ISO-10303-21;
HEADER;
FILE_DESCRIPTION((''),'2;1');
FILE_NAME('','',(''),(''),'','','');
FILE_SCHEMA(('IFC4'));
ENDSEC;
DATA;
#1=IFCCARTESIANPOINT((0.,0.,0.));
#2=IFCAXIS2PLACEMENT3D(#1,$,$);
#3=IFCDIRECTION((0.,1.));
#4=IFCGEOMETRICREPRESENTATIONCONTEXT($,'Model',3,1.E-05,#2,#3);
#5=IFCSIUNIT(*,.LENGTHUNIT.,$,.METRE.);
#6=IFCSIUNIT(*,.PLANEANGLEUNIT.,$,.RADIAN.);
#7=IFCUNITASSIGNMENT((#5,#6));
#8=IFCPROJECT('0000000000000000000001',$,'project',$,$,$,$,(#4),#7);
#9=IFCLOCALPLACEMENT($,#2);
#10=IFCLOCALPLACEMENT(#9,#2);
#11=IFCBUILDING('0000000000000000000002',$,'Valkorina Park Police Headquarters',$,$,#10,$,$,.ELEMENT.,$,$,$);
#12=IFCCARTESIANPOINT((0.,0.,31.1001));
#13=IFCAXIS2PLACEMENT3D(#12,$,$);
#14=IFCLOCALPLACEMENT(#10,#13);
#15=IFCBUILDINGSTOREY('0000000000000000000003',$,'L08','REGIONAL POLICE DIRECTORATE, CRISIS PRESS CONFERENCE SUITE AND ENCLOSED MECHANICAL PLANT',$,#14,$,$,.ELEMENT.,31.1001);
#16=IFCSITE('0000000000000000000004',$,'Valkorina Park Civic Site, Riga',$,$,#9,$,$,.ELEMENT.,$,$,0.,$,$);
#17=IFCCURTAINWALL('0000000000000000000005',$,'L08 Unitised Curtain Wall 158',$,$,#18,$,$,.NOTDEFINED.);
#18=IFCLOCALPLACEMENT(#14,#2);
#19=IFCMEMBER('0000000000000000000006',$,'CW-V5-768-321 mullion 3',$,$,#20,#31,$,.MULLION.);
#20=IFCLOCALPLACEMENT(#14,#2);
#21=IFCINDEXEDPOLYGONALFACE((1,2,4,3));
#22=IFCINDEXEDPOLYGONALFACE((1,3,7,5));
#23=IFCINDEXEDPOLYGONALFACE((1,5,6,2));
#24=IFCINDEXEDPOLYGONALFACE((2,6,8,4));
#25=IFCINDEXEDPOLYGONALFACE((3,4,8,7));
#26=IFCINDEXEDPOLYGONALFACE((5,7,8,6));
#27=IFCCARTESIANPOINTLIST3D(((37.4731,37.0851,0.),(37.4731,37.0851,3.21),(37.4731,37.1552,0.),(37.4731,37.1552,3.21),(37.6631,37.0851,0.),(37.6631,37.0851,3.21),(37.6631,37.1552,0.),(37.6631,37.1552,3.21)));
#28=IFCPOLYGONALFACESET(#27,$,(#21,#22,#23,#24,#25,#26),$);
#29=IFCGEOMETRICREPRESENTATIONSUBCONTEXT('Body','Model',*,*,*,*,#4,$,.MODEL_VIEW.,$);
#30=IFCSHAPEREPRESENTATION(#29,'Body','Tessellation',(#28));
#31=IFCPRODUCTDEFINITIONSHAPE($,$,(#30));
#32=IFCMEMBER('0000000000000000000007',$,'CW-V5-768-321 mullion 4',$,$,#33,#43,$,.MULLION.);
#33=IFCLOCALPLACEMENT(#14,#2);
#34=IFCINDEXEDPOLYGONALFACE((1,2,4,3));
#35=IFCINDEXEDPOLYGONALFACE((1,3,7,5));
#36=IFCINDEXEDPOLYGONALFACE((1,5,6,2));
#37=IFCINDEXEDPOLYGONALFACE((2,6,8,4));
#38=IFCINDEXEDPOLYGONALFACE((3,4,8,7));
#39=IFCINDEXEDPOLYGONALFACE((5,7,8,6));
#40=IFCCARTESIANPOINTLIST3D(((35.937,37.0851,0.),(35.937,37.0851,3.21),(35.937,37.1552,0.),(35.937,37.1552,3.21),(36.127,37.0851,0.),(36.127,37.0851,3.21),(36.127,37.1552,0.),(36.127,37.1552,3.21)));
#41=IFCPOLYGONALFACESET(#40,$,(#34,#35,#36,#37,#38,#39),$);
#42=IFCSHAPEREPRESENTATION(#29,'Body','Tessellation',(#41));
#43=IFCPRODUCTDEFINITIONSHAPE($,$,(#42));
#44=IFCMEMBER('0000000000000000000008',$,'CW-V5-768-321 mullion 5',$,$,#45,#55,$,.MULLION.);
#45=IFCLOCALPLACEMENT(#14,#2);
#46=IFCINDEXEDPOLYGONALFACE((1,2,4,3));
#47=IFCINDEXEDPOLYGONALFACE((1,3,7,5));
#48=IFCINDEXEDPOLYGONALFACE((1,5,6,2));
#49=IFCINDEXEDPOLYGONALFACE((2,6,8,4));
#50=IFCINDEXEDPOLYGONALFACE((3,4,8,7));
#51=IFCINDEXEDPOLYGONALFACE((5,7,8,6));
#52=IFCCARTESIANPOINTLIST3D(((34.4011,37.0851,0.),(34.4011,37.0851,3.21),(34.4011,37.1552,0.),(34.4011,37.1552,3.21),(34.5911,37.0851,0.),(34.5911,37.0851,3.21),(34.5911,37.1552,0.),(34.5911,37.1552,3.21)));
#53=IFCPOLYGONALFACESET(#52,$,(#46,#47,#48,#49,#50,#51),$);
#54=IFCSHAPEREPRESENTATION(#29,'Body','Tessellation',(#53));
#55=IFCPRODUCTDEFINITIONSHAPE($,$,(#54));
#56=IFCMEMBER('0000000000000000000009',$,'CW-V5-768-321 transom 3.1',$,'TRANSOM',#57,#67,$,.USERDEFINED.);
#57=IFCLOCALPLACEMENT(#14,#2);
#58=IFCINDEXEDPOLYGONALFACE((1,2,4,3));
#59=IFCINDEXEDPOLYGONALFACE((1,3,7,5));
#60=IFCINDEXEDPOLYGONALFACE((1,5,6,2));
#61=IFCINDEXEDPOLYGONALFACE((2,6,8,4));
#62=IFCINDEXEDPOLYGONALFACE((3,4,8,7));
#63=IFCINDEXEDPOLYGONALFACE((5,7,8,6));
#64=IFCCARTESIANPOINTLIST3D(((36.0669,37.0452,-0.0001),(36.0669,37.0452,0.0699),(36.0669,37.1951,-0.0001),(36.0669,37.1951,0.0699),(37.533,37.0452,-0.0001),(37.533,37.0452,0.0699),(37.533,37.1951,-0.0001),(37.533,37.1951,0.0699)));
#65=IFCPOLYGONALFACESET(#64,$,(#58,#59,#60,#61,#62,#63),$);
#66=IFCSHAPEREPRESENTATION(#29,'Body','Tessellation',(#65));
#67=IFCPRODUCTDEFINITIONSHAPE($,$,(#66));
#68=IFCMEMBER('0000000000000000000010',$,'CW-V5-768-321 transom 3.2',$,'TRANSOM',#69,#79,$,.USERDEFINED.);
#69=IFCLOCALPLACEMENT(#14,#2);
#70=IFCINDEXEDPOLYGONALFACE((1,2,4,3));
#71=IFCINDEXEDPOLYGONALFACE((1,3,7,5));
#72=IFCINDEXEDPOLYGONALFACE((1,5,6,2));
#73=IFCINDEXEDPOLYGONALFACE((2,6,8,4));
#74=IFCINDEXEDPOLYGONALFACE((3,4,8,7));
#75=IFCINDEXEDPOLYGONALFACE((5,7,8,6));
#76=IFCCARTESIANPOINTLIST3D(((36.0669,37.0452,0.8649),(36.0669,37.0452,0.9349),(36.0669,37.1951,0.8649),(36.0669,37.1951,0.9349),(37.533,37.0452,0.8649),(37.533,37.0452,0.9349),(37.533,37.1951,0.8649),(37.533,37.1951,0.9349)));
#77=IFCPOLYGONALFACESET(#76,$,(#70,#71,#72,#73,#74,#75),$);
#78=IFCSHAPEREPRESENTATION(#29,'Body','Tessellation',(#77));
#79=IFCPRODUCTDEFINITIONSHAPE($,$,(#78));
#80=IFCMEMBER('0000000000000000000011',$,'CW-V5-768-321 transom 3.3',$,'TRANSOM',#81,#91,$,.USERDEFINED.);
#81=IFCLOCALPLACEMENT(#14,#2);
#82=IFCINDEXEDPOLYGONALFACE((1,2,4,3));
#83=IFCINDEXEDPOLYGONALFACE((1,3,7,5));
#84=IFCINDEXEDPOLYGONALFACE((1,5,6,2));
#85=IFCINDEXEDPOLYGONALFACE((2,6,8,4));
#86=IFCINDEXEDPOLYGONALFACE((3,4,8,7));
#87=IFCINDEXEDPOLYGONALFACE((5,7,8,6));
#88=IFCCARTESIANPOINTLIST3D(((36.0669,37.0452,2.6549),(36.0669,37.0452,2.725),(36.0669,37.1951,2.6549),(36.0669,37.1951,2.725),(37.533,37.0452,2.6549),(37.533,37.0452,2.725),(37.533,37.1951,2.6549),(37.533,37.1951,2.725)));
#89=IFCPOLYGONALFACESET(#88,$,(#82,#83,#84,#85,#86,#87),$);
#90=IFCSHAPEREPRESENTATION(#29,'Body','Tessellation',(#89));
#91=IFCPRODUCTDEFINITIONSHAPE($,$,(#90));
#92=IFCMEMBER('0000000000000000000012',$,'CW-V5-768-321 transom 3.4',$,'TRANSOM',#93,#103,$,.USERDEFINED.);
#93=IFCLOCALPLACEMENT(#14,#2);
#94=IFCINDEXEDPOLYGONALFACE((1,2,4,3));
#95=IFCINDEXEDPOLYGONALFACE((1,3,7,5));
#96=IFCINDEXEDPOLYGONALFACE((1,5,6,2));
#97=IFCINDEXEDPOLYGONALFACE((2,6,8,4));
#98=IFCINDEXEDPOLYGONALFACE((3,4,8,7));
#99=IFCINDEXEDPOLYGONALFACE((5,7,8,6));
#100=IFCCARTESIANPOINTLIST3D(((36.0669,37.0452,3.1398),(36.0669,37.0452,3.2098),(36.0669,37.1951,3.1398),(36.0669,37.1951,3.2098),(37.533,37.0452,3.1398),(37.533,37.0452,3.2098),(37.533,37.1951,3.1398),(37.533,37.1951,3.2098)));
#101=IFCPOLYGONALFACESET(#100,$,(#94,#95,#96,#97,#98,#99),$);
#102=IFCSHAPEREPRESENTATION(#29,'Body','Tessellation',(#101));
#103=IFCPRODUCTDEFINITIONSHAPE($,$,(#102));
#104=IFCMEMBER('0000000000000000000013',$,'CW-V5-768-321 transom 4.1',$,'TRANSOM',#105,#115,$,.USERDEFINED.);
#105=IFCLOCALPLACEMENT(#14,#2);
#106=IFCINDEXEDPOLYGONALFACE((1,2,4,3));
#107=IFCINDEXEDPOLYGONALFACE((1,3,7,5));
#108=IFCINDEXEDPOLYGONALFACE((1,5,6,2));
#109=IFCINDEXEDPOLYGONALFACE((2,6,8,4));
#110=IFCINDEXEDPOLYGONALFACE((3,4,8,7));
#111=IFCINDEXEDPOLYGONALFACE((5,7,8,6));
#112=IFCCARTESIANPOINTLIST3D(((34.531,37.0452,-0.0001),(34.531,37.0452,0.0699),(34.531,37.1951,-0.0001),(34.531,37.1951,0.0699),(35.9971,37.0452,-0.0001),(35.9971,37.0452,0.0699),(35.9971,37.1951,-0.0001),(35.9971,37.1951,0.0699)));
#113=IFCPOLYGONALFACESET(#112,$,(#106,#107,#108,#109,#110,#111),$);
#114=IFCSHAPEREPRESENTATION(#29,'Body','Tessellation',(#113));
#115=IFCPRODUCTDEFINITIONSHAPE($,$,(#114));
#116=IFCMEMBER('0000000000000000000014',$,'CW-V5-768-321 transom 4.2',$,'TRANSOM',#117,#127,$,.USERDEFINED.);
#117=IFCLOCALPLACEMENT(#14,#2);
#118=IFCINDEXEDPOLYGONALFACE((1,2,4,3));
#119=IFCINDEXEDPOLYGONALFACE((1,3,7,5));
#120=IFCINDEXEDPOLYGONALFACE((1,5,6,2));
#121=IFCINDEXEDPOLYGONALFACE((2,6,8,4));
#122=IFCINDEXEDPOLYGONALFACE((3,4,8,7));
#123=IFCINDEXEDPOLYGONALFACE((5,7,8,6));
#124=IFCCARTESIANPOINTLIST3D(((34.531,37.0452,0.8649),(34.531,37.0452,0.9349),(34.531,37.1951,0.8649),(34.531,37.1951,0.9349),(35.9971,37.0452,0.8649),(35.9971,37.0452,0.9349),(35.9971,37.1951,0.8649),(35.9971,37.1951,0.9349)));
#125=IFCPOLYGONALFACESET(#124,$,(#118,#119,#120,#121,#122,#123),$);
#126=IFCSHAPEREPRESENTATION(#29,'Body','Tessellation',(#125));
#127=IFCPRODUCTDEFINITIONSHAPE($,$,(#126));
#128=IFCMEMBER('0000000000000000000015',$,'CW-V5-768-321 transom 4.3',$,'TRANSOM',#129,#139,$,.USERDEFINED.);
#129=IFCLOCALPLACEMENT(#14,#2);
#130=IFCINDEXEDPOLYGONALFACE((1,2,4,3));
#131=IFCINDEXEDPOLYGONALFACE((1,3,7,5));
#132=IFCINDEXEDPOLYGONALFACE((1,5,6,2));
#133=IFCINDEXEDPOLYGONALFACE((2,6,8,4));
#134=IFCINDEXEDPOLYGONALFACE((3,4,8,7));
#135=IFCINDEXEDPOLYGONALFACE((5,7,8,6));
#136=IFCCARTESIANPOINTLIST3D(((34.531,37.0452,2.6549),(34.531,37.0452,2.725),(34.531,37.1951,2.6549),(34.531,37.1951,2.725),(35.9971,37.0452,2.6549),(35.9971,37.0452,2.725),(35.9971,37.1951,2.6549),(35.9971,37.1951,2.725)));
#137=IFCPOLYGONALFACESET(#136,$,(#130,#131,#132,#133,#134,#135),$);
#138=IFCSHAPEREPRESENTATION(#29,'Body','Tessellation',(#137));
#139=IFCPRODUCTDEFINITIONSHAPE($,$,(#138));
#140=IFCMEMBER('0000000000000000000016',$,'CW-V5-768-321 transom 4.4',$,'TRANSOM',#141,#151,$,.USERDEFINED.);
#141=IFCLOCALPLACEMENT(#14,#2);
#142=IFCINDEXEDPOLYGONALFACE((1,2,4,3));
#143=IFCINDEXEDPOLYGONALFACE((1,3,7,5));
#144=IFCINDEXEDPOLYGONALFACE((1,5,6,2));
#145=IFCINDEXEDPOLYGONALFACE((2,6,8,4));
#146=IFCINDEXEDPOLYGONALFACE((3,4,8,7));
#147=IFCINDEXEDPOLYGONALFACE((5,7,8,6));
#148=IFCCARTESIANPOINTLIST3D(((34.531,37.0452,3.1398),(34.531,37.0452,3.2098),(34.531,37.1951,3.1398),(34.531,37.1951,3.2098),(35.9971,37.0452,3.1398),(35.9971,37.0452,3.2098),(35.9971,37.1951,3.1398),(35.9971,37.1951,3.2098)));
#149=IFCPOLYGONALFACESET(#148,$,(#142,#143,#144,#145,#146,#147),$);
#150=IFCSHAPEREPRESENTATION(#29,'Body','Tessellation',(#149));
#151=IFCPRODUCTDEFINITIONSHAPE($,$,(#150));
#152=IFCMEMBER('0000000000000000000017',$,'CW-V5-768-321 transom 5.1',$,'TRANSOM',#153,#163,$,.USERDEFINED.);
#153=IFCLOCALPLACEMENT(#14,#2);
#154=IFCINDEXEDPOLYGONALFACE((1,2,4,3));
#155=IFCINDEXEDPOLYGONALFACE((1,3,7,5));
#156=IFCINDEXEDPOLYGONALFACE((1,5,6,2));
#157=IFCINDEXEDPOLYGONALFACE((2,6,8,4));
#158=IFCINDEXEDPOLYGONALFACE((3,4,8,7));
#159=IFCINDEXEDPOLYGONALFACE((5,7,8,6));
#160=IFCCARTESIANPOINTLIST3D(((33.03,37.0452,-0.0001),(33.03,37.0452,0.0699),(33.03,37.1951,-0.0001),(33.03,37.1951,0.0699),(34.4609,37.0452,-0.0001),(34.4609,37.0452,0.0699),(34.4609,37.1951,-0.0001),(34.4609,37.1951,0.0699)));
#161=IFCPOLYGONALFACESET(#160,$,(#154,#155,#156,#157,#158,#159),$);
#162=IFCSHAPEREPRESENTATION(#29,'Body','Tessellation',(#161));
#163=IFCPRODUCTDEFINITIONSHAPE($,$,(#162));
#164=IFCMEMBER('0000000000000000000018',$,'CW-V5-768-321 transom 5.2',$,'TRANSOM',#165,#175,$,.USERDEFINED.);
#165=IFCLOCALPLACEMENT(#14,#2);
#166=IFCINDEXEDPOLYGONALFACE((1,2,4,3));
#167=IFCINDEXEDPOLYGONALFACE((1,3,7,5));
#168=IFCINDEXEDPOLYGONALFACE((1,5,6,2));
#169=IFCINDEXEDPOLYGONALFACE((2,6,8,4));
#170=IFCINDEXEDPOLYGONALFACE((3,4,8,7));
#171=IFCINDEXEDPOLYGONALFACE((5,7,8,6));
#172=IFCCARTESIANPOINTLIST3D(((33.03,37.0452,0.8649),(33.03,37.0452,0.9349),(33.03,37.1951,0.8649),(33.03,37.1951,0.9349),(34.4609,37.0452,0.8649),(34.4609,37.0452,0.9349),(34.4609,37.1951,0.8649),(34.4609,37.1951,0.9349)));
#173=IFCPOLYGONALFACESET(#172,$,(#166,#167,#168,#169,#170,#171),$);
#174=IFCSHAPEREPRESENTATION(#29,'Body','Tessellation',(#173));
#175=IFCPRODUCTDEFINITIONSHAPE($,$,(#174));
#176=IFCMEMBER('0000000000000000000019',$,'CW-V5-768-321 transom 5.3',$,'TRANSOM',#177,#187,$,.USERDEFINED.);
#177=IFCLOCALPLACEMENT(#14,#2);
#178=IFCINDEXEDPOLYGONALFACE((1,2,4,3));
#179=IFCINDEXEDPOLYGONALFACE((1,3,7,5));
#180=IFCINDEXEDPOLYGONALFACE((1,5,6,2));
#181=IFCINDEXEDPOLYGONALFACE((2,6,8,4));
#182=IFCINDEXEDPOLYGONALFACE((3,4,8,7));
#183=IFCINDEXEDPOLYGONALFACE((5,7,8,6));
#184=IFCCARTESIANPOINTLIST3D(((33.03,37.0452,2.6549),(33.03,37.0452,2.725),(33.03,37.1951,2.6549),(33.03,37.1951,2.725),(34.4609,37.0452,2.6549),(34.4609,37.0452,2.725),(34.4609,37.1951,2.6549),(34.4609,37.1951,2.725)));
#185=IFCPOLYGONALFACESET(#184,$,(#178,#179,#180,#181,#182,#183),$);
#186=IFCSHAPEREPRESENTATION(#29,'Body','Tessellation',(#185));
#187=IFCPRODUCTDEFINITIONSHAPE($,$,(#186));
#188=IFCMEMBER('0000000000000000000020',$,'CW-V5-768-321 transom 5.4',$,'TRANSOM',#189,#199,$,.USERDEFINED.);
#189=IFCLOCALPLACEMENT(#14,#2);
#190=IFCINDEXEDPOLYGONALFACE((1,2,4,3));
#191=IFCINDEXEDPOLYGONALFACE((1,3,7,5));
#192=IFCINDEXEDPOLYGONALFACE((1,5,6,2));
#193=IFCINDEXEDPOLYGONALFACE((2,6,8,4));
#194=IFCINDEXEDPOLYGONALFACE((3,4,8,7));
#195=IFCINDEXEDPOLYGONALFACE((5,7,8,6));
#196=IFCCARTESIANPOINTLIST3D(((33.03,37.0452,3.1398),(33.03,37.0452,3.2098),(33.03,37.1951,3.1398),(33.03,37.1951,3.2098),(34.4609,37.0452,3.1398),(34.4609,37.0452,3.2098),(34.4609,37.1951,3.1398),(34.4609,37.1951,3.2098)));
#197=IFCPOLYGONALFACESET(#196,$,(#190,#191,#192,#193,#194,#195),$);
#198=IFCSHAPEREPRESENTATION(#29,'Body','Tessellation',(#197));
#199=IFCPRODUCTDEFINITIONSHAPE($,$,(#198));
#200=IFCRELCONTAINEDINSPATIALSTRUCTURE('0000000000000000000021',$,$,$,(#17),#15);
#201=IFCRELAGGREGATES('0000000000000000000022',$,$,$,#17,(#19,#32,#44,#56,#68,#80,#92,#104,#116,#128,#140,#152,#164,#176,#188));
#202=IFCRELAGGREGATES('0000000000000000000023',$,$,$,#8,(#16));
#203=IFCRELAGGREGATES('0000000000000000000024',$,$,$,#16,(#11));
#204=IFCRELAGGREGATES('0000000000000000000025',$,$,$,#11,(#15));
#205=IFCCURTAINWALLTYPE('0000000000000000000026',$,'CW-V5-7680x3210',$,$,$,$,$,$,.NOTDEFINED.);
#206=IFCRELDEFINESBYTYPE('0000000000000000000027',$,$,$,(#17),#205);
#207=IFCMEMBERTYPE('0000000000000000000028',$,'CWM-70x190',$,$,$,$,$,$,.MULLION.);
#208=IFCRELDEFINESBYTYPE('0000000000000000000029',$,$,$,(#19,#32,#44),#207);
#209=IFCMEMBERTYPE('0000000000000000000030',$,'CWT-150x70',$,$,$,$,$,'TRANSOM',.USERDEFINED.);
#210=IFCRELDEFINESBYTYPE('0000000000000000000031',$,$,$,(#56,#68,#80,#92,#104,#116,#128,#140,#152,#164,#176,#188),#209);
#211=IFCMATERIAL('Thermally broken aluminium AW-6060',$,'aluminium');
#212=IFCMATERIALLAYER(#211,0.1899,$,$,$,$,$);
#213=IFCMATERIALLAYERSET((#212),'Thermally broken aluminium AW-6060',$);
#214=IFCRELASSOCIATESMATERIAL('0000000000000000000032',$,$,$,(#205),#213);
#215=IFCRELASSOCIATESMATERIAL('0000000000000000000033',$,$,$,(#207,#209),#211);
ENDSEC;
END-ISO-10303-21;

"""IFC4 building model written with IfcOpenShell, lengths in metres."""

from ifc_helpers import new_model, si_unit, direction, frame, origin, origin_2d, place, context, subcontext, project, spatial, rectangle, extrude, material, layer, layer_set, material_profile, profile_set, type_object, element, aggregate, save


model = new_model("IFC4")

# Units and contexts
model_context = context("Model", 3, precision=1e-05, world=origin(), true_north=direction((0.0, 1.0)))
body_context = subcontext(model_context, "Body", "Model", "MODEL_VIEW")
ifc_project = project(units=[si_unit("LENGTHUNIT", "METRE"), si_unit("PLANEANGLEUNIT", "RADIAN")], contexts=[model_context])

# Site, building, storey
site_placement = place(None, origin())
site = spatial("IfcSite", under=ifc_project, at=site_placement, Name="Valkorina Park Civic Site, Riga", CompositionType="ELEMENT", RefElevation=0.0)
building_placement = place(site_placement, origin())
building = spatial("IfcBuilding", under=site, at=building_placement, Name="Valkorina Park Police Headquarters", CompositionType="ELEMENT")
storey_placement = place(building_placement, frame((0.0, 0.0, 31.1001)))
storey = spatial("IfcBuildingStorey", under=building, at=storey_placement, Name="L08", Description="REGIONAL POLICE DIRECTORATE, CRISIS PRESS CONFERENCE SUITE AND ENCLOSED MECHANICAL PLANT", CompositionType="ELEMENT", Elevation=31.1001)

# Curtain wall, members
ifc_material_1 = material(Name="Thermally broken aluminium AW-6060", Category="aluminium")
ifc_layer_1 = layer(ifc_material_1, 0.1899)
ifc_layer_set_1 = layer_set([ifc_layer_1], Name="Thermally broken aluminium AW-6060")
curtain_wall_type = type_object("IfcCurtainWallType", Name="CW-V5-7680x3210", PredefinedType="NOTDEFINED", material=ifc_layer_set_1)
curtain_wall_placement = place(storey_placement, origin())
curtain_wall = element("IfcCurtainWall", 1, at=curtain_wall_placement, inside=storey, type_object=curtain_wall_type, Name="L08 Unitised Curtain Wall 158", PredefinedType="NOTDEFINED")
ifc_material_profile_1 = material_profile(ifc_material_1, rectangle(XDim=0.0701, YDim=0.1899, at=origin_2d()), Name="CWM-02 70x190")
ifc_profile_set_1 = profile_set([ifc_material_profile_1], Name="Thermally broken aluminium AW-6060")
member_type_1 = type_object("IfcMemberType", Name="CWM-70x190", PredefinedType="MULLION", material=ifc_profile_set_1)
member_1_placement = place(storey_placement, frame((37.5681, 37.1201, 0.0), z_axis=(0.0, 0.0, 1.0), x_axis=(0.0, -1.0, 0.0)))
member_1 = element("IfcMember", 2, at=member_1_placement, type_object=member_type_1, Name="CW-V5-768-321 mullion 3", PredefinedType="MULLION", context=body_context, shape_type="SweptSolid", body=[
    extrude(rectangle(XDim=0.0701, YDim=0.1899, at=origin_2d()), origin(), (0.0, 0.0, 1.0), 3.21),
])
member_2_placement = place(storey_placement, frame((36.032, 37.1201, 0.0), z_axis=(0.0, 0.0, 1.0), x_axis=(0.0, -1.0, 0.0)))
member_2 = element("IfcMember", 3, at=member_2_placement, type_object=member_type_1, Name="CW-V5-768-321 mullion 4", PredefinedType="MULLION", context=body_context, shape_type="SweptSolid", body=[
    extrude(rectangle(XDim=0.0701, YDim=0.1899, at=origin_2d()), origin(), (0.0, 0.0, 1.0), 3.21),
])
member_3_placement = place(storey_placement, frame((34.4961, 37.1201, 0.0), z_axis=(0.0, 0.0, 1.0), x_axis=(0.0, -1.0, 0.0)))
member_3 = element("IfcMember", 4, at=member_3_placement, type_object=member_type_1, Name="CW-V5-768-321 mullion 5", PredefinedType="MULLION", context=body_context, shape_type="SweptSolid", body=[
    extrude(rectangle(XDim=0.0701, YDim=0.1899, at=origin_2d()), origin(), (0.0, 0.0, 1.0), 3.21),
])
ifc_material_profile_2 = material_profile(ifc_material_1, rectangle(XDim=0.1499, YDim=0.0701, at=origin_2d()), Name="CWT-02 150x70")
ifc_profile_set_2 = profile_set([ifc_material_profile_2], Name="Thermally broken aluminium AW-6060")
member_type_2 = type_object("IfcMemberType", Name="CWT-150x70", ElementType="TRANSOM", PredefinedType="USERDEFINED", material=ifc_profile_set_2)
member_4_placement = place(storey_placement, frame((37.533, 37.1201, 0.0349), z_axis=(-1.0, 0.0, 0.0), x_axis=(0.0, -1.0, 0.0)))
member_4 = element("IfcMember", 5, at=member_4_placement, type_object=member_type_2, Name="CW-V5-768-321 transom 3.1", ObjectType="TRANSOM", PredefinedType="USERDEFINED", context=body_context, shape_type="SweptSolid", body=[
    extrude(rectangle(XDim=0.1499, YDim=0.0701, at=origin_2d()), origin(), (0.0, 0.0, 1.0), 1.4661),
])
member_5_placement = place(storey_placement, frame((37.533, 37.1201, 0.8999), z_axis=(-1.0, 0.0, 0.0), x_axis=(0.0, -1.0, 0.0)))
member_5 = element("IfcMember", 6, at=member_5_placement, type_object=member_type_2, Name="CW-V5-768-321 transom 3.2", ObjectType="TRANSOM", PredefinedType="USERDEFINED", context=body_context, shape_type="SweptSolid", body=[
    extrude(rectangle(XDim=0.1499, YDim=0.0701, at=origin_2d()), origin(), (0.0, 0.0, 1.0), 1.4661),
])
member_6_placement = place(storey_placement, frame((37.533, 37.1201, 2.6899), z_axis=(-1.0, 0.0, 0.0), x_axis=(0.0, -1.0, 0.0)))
member_6 = element("IfcMember", 7, at=member_6_placement, type_object=member_type_2, Name="CW-V5-768-321 transom 3.3", ObjectType="TRANSOM", PredefinedType="USERDEFINED", context=body_context, shape_type="SweptSolid", body=[
    extrude(rectangle(XDim=0.1499, YDim=0.0701, at=origin_2d()), origin(), (0.0, 0.0, 1.0), 1.4661),
])
member_7_placement = place(storey_placement, frame((37.533, 37.1201, 3.1748), z_axis=(-1.0, 0.0, 0.0), x_axis=(0.0, -1.0, 0.0)))
member_7 = element("IfcMember", 8, at=member_7_placement, type_object=member_type_2, Name="CW-V5-768-321 transom 3.4", ObjectType="TRANSOM", PredefinedType="USERDEFINED", context=body_context, shape_type="SweptSolid", body=[
    extrude(rectangle(XDim=0.1499, YDim=0.0701, at=origin_2d()), origin(), (0.0, 0.0, 1.0), 1.4661),
])
member_8_placement = place(storey_placement, frame((35.9971, 37.1201, 0.0349), z_axis=(-1.0, 0.0, 0.0), x_axis=(0.0, -1.0, 0.0)))
member_8 = element("IfcMember", 9, at=member_8_placement, type_object=member_type_2, Name="CW-V5-768-321 transom 4.1", ObjectType="TRANSOM", PredefinedType="USERDEFINED", context=body_context, shape_type="SweptSolid", body=[
    extrude(rectangle(XDim=0.1499, YDim=0.0701, at=origin_2d()), origin(), (0.0, 0.0, 1.0), 1.4661),
])
member_9_placement = place(storey_placement, frame((35.9971, 37.1201, 0.8999), z_axis=(-1.0, 0.0, 0.0), x_axis=(0.0, -1.0, 0.0)))
member_9 = element("IfcMember", 10, at=member_9_placement, type_object=member_type_2, Name="CW-V5-768-321 transom 4.2", ObjectType="TRANSOM", PredefinedType="USERDEFINED", context=body_context, shape_type="SweptSolid", body=[
    extrude(rectangle(XDim=0.1499, YDim=0.0701, at=origin_2d()), origin(), (0.0, 0.0, 1.0), 1.4661),
])
member_10_placement = place(storey_placement, frame((35.9971, 37.1201, 2.6899), z_axis=(-1.0, 0.0, 0.0), x_axis=(0.0, -1.0, 0.0)))
member_10 = element("IfcMember", 11, at=member_10_placement, type_object=member_type_2, Name="CW-V5-768-321 transom 4.3", ObjectType="TRANSOM", PredefinedType="USERDEFINED", context=body_context, shape_type="SweptSolid", body=[
    extrude(rectangle(XDim=0.1499, YDim=0.0701, at=origin_2d()), origin(), (0.0, 0.0, 1.0), 1.4661),
])
member_11_placement = place(storey_placement, frame((35.9971, 37.1201, 3.1748), z_axis=(-1.0, 0.0, 0.0), x_axis=(0.0, -1.0, 0.0)))
member_11 = element("IfcMember", 12, at=member_11_placement, type_object=member_type_2, Name="CW-V5-768-321 transom 4.4", ObjectType="TRANSOM", PredefinedType="USERDEFINED", context=body_context, shape_type="SweptSolid", body=[
    extrude(rectangle(XDim=0.1499, YDim=0.0701, at=origin_2d()), origin(), (0.0, 0.0, 1.0), 1.4661),
])
member_12_placement = place(storey_placement, frame((34.4609, 37.1201, 0.0349), z_axis=(-1.0, 0.0, 0.0), x_axis=(0.0, -1.0, 0.0)))
member_12 = element("IfcMember", 13, at=member_12_placement, type_object=member_type_2, Name="CW-V5-768-321 transom 5.1", ObjectType="TRANSOM", PredefinedType="USERDEFINED", context=body_context, shape_type="SweptSolid", body=[
    extrude(rectangle(XDim=0.1499, YDim=0.0701, at=origin_2d()), origin(), (0.0, 0.0, 1.0), 1.4309),
])
member_13_placement = place(storey_placement, frame((34.4609, 37.1201, 0.8999), z_axis=(-1.0, 0.0, 0.0), x_axis=(0.0, -1.0, 0.0)))
member_13 = element("IfcMember", 14, at=member_13_placement, type_object=member_type_2, Name="CW-V5-768-321 transom 5.2", ObjectType="TRANSOM", PredefinedType="USERDEFINED", context=body_context, shape_type="SweptSolid", body=[
    extrude(rectangle(XDim=0.1499, YDim=0.0701, at=origin_2d()), origin(), (0.0, 0.0, 1.0), 1.4309),
])
member_14_placement = place(storey_placement, frame((34.4609, 37.1201, 2.6899), z_axis=(-1.0, 0.0, 0.0), x_axis=(0.0, -1.0, 0.0)))
member_14 = element("IfcMember", 15, at=member_14_placement, type_object=member_type_2, Name="CW-V5-768-321 transom 5.3", ObjectType="TRANSOM", PredefinedType="USERDEFINED", context=body_context, shape_type="SweptSolid", body=[
    extrude(rectangle(XDim=0.1499, YDim=0.0701, at=origin_2d()), origin(), (0.0, 0.0, 1.0), 1.4309),
])
member_15_placement = place(storey_placement, frame((34.4609, 37.1201, 3.1748), z_axis=(-1.0, 0.0, 0.0), x_axis=(0.0, -1.0, 0.0)))
member_15 = element("IfcMember", 16, at=member_15_placement, type_object=member_type_2, Name="CW-V5-768-321 transom 5.4", ObjectType="TRANSOM", PredefinedType="USERDEFINED", context=body_context, shape_type="SweptSolid", body=[
    extrude(rectangle(XDim=0.1499, YDim=0.0701, at=origin_2d()), origin(), (0.0, 0.0, 1.0), 1.4309),
])
aggregate(curtain_wall, [member_1, member_2, member_3, member_4, member_5, member_6, member_7, member_8, member_9, member_10, member_11, member_12, member_13, member_14, member_15])

save(model, "model.ifc")
